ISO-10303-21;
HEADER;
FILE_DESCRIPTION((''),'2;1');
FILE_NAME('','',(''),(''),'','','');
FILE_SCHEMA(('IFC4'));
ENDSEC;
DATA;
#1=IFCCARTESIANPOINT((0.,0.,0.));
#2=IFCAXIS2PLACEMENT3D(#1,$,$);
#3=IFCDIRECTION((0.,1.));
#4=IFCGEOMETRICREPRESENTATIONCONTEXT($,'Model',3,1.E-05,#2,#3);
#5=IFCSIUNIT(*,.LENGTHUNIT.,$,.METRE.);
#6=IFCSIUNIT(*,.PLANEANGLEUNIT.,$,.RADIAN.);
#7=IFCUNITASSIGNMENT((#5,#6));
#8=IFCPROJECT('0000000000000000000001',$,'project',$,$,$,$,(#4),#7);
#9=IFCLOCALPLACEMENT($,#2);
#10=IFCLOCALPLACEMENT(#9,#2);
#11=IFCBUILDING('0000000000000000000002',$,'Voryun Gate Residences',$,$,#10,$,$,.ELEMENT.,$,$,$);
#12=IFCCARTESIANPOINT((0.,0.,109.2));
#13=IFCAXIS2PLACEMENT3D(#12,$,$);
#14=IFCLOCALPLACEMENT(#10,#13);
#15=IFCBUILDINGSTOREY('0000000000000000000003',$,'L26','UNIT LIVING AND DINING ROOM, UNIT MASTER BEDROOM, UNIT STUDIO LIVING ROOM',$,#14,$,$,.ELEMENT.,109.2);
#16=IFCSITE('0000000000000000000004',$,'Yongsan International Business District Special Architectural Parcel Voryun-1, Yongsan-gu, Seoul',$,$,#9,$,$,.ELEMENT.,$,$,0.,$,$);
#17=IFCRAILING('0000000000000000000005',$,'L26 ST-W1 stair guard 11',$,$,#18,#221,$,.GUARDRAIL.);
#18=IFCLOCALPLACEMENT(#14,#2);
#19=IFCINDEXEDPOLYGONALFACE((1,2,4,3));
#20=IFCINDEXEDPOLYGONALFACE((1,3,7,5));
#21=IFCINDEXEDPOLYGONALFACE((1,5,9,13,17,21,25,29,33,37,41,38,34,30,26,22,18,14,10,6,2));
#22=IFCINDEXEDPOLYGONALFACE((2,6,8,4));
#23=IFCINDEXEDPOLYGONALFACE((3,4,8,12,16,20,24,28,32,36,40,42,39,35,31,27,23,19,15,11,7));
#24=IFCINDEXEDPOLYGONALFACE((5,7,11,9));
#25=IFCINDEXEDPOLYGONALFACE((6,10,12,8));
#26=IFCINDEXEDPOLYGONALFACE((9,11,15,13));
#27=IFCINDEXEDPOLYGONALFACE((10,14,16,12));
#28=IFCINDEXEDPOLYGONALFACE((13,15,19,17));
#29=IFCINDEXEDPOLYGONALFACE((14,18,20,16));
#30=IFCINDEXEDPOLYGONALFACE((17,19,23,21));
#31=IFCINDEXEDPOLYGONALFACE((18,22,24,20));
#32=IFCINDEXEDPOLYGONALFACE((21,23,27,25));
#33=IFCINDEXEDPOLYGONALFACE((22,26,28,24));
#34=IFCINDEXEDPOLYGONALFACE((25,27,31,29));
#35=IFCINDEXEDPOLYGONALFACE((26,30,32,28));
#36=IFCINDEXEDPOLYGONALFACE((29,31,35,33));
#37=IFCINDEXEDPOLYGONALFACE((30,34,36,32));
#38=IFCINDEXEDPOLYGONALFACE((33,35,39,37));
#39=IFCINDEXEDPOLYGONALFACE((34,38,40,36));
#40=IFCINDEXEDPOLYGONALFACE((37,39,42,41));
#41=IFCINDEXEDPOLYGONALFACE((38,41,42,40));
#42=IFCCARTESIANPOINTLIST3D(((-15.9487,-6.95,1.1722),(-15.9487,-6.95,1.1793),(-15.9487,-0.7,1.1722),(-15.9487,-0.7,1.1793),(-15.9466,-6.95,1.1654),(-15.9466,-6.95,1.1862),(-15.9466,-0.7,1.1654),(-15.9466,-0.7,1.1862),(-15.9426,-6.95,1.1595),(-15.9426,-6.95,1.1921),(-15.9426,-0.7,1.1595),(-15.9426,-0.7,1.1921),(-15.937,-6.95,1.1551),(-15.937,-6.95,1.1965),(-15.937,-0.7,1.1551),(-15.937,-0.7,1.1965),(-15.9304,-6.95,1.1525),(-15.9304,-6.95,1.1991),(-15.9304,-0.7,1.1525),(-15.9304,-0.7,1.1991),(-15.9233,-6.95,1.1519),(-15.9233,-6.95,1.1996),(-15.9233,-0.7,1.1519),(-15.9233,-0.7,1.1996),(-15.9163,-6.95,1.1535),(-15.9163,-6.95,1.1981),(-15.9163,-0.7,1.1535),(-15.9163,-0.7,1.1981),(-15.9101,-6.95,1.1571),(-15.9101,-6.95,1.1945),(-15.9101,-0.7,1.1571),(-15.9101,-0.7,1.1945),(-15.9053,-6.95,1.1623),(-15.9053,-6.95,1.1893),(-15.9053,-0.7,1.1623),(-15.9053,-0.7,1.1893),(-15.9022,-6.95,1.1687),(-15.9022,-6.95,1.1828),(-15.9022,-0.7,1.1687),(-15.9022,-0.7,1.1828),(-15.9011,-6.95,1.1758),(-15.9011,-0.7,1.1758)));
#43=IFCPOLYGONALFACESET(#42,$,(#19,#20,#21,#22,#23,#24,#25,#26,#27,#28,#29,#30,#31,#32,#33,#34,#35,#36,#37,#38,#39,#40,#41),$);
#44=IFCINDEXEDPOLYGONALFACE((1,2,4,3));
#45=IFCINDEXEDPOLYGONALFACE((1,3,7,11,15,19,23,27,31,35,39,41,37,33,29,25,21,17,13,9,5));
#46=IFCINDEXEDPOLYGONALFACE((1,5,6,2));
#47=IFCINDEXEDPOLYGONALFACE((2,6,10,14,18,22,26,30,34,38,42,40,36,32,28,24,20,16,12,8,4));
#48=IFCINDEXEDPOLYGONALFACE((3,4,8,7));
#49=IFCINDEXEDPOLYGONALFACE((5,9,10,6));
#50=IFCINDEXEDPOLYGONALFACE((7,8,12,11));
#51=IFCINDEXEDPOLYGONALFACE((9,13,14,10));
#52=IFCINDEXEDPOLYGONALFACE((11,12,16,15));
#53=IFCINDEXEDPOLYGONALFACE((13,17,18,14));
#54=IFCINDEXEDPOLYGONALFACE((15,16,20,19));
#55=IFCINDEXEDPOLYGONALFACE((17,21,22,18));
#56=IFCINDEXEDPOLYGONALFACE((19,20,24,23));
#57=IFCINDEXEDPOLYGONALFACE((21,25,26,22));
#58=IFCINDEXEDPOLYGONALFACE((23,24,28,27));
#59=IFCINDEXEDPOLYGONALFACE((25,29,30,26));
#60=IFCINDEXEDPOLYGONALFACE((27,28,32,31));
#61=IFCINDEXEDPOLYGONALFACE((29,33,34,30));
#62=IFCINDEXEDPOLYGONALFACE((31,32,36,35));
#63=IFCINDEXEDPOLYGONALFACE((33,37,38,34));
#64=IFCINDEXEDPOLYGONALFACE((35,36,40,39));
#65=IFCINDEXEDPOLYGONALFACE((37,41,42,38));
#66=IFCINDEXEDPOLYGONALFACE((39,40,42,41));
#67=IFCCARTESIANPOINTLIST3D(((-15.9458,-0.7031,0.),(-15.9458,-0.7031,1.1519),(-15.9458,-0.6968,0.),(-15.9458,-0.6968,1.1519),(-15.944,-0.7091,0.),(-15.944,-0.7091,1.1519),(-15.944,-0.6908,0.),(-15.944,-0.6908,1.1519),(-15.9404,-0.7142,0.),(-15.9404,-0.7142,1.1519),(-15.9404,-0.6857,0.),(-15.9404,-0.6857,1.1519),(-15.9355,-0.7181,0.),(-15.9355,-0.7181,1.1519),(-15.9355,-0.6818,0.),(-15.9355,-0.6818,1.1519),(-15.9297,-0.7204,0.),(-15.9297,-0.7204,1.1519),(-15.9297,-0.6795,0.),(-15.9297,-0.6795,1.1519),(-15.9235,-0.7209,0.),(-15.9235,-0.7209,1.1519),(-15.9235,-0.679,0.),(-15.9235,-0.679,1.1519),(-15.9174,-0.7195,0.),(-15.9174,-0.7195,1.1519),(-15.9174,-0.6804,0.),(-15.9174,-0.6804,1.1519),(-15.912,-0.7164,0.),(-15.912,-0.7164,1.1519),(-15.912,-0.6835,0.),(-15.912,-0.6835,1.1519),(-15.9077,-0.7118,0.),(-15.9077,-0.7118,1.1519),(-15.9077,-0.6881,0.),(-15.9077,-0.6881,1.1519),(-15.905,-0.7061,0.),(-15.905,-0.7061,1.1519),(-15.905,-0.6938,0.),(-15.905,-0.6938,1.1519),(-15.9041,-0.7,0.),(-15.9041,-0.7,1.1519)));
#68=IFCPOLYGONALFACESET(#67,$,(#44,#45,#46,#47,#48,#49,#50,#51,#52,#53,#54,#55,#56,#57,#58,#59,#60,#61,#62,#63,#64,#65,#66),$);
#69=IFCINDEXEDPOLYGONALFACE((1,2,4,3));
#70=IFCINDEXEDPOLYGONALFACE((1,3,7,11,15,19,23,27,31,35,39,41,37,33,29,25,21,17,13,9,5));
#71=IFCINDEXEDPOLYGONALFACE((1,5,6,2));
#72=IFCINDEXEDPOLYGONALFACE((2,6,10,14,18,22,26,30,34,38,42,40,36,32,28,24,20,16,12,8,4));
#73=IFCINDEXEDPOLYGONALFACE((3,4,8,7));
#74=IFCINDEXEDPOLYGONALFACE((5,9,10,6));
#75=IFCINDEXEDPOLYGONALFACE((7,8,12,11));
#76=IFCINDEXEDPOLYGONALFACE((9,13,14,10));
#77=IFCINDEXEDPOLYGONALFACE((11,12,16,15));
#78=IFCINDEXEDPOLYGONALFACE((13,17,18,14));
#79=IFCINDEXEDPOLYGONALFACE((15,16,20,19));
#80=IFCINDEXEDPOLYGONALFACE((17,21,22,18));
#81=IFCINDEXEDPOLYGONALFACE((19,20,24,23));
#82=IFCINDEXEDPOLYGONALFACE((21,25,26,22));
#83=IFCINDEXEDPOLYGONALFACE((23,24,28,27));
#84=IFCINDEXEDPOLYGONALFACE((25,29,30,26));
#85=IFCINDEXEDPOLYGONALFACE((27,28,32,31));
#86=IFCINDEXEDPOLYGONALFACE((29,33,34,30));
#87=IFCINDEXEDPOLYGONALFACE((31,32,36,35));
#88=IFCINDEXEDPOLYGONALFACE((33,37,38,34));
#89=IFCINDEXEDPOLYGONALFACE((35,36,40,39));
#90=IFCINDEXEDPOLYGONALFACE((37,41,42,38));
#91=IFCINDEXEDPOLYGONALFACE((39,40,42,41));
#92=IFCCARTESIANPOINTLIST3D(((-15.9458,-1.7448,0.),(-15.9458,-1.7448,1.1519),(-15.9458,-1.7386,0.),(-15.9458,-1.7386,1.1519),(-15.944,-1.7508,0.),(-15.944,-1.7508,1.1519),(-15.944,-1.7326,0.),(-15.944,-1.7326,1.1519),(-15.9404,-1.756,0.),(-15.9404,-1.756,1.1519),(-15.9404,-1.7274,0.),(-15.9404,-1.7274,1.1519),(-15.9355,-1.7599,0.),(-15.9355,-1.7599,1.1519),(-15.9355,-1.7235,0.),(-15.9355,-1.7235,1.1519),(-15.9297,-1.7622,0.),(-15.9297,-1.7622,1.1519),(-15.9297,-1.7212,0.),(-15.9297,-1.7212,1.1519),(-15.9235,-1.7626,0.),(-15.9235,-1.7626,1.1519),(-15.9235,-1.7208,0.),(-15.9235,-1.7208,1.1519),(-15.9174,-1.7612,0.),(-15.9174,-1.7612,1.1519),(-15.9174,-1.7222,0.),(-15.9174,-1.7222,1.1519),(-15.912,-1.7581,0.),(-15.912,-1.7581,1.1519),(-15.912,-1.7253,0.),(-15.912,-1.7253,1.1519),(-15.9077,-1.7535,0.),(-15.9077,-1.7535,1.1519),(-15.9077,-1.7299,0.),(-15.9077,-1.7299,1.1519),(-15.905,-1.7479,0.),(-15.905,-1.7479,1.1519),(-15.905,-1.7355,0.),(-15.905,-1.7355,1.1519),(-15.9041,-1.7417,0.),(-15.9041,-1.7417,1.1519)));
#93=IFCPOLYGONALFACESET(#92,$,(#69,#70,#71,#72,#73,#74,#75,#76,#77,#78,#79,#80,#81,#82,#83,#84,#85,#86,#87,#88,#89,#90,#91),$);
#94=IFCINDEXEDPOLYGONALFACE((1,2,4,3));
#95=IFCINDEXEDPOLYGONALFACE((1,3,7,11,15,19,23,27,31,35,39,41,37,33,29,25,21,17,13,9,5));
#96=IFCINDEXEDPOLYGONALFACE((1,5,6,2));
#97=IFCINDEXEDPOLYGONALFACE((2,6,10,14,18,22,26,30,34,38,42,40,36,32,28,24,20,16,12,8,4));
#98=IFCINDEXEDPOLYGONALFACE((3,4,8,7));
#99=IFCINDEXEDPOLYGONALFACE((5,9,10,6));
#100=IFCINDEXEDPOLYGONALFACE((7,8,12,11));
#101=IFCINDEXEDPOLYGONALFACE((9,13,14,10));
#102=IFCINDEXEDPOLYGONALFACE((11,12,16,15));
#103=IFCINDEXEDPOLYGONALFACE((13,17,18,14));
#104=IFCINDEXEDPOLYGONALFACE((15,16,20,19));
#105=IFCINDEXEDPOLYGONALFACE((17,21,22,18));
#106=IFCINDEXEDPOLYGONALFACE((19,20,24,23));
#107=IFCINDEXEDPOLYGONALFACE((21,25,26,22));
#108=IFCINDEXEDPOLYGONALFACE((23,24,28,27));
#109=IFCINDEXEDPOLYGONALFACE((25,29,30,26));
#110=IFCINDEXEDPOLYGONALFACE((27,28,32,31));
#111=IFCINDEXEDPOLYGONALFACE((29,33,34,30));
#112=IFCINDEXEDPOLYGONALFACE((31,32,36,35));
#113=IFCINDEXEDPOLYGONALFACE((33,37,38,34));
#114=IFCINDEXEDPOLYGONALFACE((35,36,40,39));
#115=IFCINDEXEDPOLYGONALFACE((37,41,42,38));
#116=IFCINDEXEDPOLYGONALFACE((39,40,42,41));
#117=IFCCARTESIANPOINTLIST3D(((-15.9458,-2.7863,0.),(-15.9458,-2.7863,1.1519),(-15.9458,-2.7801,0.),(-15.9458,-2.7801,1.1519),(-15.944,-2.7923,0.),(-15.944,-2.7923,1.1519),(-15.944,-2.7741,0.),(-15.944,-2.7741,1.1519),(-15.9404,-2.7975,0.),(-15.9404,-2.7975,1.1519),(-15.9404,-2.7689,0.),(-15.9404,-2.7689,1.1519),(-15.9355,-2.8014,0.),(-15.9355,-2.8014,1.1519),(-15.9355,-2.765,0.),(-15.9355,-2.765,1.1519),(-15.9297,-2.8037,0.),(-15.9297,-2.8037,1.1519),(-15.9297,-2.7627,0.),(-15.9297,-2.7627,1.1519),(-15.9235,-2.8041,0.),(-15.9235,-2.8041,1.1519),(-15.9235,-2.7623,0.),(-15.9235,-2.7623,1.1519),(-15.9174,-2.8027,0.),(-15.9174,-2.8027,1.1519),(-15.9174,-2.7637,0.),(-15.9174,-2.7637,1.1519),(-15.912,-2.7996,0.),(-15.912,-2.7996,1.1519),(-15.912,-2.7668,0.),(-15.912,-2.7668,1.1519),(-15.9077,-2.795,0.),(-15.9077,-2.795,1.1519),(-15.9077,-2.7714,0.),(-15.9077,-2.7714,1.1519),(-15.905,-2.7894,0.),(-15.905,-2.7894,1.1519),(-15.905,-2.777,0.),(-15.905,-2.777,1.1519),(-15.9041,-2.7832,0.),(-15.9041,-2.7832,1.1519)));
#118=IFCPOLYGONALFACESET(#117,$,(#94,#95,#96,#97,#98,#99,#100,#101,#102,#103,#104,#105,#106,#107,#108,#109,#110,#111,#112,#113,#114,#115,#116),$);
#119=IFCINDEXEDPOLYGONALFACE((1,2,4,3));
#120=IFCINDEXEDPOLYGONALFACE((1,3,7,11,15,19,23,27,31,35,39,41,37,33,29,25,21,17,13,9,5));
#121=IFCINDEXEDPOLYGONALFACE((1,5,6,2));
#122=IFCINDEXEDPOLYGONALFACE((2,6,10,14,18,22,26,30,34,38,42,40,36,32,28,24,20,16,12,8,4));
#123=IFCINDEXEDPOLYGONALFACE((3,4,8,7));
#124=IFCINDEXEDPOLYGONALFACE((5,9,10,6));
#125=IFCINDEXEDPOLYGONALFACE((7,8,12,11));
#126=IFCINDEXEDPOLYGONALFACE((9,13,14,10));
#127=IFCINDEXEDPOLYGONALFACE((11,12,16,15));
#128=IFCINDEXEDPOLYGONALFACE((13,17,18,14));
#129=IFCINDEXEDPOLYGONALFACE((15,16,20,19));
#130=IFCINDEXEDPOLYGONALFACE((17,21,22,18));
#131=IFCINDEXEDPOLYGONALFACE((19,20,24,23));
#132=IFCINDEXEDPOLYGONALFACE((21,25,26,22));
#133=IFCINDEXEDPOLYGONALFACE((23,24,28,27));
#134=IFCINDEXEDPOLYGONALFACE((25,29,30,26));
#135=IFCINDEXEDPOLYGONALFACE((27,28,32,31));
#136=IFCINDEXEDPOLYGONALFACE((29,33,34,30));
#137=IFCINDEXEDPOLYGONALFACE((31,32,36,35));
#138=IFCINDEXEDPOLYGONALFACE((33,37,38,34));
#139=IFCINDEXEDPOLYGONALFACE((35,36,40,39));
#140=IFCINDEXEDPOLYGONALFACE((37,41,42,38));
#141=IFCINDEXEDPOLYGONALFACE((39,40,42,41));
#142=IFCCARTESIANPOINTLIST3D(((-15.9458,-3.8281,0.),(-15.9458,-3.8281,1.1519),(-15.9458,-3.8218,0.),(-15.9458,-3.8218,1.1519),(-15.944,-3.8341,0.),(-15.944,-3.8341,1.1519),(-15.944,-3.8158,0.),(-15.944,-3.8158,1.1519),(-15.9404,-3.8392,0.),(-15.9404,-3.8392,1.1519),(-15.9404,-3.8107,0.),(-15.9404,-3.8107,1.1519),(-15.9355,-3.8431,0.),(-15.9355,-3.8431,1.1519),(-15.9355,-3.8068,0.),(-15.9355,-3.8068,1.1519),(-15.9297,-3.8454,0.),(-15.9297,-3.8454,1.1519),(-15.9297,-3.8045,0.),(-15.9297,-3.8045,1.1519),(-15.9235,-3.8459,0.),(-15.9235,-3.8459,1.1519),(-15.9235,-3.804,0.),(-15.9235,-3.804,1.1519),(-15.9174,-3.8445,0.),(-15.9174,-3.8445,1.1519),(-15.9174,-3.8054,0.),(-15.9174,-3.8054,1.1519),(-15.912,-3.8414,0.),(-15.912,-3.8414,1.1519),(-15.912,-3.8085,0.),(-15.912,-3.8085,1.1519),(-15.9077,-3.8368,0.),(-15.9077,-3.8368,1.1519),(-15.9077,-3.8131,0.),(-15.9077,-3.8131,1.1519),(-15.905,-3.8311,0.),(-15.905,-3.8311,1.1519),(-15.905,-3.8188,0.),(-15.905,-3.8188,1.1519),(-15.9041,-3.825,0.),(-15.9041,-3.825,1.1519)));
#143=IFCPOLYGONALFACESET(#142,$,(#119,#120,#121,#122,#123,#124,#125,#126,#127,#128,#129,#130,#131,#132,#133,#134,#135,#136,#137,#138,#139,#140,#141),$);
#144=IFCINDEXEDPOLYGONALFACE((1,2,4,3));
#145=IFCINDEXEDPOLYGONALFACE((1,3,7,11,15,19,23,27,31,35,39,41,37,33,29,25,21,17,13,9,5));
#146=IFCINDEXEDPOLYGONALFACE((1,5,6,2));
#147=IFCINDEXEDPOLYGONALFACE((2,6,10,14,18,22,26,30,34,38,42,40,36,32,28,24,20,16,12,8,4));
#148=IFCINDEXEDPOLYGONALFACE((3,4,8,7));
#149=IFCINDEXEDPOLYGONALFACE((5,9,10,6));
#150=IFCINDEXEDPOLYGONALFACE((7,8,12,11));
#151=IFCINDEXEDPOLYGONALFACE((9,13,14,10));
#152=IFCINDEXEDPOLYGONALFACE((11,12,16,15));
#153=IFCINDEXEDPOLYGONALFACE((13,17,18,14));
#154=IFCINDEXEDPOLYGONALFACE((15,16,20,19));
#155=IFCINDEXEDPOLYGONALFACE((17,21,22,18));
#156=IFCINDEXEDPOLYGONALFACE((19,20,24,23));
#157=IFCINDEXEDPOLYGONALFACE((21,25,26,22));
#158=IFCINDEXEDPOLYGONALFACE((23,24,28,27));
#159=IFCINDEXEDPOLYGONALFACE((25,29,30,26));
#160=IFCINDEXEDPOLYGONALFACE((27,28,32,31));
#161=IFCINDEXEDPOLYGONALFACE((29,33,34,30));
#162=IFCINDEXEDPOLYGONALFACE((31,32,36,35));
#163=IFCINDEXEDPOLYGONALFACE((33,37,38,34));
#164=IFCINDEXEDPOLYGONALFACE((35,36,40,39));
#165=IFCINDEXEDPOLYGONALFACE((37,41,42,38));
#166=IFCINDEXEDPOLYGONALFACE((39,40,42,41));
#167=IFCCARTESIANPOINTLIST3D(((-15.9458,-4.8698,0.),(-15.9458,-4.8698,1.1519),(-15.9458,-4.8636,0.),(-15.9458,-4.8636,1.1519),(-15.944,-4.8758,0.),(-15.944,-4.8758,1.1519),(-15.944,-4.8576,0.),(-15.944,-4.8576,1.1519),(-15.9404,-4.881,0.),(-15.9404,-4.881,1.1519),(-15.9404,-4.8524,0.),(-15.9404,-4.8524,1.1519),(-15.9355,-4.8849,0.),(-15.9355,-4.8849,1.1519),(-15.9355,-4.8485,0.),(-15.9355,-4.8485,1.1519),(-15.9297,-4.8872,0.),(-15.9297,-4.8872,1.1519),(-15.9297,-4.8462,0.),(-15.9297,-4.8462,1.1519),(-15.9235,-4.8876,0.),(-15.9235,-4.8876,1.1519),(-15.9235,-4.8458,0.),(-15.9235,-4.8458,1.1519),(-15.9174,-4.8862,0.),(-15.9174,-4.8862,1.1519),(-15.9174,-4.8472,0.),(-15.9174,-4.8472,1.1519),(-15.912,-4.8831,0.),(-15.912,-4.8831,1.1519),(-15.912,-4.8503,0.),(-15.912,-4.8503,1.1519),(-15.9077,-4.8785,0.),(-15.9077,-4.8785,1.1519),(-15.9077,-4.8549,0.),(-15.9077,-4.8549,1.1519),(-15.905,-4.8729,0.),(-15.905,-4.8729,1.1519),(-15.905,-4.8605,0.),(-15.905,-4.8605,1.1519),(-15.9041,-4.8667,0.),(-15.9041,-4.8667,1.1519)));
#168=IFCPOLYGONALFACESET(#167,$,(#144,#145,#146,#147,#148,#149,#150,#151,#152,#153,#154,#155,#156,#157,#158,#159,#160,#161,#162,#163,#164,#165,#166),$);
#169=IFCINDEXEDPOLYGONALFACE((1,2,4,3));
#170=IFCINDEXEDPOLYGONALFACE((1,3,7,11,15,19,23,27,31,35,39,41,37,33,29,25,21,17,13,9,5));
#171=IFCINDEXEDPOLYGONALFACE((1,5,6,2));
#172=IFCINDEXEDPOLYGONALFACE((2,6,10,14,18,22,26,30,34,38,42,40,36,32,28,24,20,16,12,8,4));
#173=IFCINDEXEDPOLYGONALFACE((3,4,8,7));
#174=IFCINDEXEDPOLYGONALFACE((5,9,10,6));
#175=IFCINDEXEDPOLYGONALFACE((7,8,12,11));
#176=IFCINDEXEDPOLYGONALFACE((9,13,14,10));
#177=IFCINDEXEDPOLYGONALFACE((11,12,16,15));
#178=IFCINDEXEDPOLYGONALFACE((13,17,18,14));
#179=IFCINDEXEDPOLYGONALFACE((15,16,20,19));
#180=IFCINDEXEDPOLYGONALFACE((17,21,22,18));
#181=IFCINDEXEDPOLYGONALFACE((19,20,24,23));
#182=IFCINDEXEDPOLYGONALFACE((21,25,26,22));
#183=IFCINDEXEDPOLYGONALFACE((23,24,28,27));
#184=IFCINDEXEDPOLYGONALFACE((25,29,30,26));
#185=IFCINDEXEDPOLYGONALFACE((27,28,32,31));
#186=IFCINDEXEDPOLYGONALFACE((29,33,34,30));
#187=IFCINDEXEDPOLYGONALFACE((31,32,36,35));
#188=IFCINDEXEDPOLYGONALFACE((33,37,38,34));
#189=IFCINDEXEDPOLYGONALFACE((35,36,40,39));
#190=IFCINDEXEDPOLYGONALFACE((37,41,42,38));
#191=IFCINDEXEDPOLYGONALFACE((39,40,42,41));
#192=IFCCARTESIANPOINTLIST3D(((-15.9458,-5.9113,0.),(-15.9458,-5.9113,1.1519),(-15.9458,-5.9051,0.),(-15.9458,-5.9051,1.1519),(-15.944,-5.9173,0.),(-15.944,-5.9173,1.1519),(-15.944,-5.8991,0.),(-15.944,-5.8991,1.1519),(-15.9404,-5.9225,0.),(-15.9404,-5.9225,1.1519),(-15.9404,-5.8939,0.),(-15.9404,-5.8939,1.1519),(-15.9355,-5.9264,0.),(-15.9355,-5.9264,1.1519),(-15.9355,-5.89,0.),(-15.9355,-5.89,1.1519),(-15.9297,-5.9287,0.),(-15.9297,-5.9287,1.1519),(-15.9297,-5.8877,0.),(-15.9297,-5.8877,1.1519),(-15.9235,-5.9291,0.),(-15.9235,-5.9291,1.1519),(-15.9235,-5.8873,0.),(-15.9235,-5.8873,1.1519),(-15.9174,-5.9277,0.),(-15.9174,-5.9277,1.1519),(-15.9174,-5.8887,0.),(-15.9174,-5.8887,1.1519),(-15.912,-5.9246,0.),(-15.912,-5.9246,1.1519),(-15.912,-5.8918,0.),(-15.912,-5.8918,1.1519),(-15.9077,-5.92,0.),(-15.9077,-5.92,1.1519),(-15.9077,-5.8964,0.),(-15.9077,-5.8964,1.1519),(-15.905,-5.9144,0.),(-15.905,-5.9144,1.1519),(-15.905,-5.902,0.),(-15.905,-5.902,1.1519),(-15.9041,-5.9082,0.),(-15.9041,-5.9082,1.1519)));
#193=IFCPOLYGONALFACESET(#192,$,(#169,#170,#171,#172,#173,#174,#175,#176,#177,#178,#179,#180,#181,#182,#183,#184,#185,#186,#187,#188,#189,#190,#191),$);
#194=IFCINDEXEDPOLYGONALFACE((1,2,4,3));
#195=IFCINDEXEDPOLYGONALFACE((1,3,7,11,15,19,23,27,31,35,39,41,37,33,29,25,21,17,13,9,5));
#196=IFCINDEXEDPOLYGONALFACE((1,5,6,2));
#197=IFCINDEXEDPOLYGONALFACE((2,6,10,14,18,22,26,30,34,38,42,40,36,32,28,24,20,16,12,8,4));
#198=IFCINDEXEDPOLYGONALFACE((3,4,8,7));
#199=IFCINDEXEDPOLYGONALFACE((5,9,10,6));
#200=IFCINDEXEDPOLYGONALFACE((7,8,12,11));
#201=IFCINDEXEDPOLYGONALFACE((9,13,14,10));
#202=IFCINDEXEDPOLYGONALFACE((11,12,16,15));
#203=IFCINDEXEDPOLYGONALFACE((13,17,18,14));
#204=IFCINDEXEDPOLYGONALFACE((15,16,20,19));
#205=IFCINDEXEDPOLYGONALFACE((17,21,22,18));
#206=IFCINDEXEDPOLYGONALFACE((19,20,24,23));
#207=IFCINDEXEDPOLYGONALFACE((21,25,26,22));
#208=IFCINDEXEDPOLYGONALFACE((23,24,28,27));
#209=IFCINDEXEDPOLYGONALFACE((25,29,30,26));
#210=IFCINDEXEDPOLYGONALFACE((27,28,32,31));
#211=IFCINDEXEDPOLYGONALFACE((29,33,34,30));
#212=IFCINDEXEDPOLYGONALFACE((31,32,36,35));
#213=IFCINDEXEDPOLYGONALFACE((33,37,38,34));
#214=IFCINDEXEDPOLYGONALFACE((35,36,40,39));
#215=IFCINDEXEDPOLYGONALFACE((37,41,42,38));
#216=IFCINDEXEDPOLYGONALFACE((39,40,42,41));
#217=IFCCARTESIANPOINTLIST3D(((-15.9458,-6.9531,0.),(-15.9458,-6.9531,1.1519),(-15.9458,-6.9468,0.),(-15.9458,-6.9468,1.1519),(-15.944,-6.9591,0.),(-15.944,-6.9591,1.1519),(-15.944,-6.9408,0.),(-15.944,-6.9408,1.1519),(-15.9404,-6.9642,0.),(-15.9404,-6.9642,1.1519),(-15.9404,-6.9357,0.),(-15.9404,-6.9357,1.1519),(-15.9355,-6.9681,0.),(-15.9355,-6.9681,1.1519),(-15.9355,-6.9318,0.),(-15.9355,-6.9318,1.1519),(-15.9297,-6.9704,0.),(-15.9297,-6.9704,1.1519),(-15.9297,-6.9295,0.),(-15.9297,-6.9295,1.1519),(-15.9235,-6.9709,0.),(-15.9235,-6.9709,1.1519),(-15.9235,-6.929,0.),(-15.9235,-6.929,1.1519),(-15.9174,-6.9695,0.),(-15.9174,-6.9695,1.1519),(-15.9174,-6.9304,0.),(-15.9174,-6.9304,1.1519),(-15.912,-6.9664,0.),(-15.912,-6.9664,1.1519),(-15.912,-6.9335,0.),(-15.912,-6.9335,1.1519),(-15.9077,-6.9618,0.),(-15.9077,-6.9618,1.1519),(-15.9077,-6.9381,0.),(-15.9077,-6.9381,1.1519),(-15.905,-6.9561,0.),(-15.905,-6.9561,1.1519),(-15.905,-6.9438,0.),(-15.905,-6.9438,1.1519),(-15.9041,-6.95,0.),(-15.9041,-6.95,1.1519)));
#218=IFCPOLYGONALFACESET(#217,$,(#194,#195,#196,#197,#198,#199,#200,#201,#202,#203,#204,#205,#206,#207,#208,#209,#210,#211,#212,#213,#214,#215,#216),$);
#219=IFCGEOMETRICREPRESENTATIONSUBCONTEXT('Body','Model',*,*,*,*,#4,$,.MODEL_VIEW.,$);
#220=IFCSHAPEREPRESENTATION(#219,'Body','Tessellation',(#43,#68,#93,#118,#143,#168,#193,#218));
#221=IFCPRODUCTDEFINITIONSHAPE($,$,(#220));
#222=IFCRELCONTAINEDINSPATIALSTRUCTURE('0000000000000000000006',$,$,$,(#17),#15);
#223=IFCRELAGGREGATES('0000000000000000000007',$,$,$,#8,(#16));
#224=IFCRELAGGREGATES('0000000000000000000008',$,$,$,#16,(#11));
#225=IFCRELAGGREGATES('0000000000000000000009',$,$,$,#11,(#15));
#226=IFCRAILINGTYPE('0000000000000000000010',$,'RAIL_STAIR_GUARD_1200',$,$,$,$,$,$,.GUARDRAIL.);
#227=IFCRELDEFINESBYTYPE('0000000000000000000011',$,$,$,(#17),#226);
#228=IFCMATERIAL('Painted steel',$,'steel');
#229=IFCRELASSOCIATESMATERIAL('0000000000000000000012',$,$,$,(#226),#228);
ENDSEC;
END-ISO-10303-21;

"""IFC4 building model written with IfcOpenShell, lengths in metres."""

from ifc_helpers import new_model, si_unit, direction, frame, origin, origin_2d, place, context, subcontext, project, spatial, circle, extrude, material, type_object, element, save


model = new_model("IFC4")

# Units and contexts
model_context = context("Model", 3, precision=1e-05, world=origin(), true_north=direction((0.0, 1.0)))
body_context = subcontext(model_context, "Body", "Model", "MODEL_VIEW")
ifc_project = project(units=[si_unit("LENGTHUNIT", "METRE"), si_unit("PLANEANGLEUNIT", "RADIAN")], contexts=[model_context])

# Site, building, storey
site_placement = place(None, origin())
site = spatial("IfcSite", under=ifc_project, at=site_placement, Name="Yongsan International Business District Special Architectural Parcel Voryun-1, Yongsan-gu, Seoul", CompositionType="ELEMENT", RefElevation=0.0)
building_placement = place(site_placement, origin())
building = spatial("IfcBuilding", under=site, at=building_placement, Name="Voryun Gate Residences", CompositionType="ELEMENT")
storey_placement = place(building_placement, frame((0.0, 0.0, 109.2)))
storey = spatial("IfcBuildingStorey", under=building, at=storey_placement, Name="L26", Description="UNIT LIVING AND DINING ROOM, UNIT MASTER BEDROOM, UNIT STUDIO LIVING ROOM", CompositionType="ELEMENT", Elevation=109.2)

# Railing
ifc_material_1 = material(Name="Painted steel", Category="steel")
railing_type = type_object("IfcRailingType", Name="RAIL_STAIR_GUARD_1200", PredefinedType="GUARDRAIL", material=ifc_material_1)
railing_1_placement = place(storey_placement, frame((-15.925, -0.7, 0.0)))
element("IfcRailing", 1, at=railing_1_placement, inside=storey, type_object=railing_type, Name="L26 ST-W1 stair guard 11", PredefinedType="GUARDRAIL", context=body_context, shape_type="SweptSolid", body=[
    extrude(circle(Radius=0.0239, at=origin_2d()), frame((0.0, 0.0, 1.1758), z_axis=(0.0, -1.0, 0.0), x_axis=(1.0, 0.0, 0.0)), (0.0, 0.0, 1.0), 6.25),
    extrude(circle(Radius=0.021, at=origin_2d()), origin(), (0.0, 0.0, 1.0), 1.1519),
    extrude(circle(Radius=0.021, at=origin_2d()), frame((0.0, -1.0417, 0.0)), (0.0, 0.0, 1.0), 1.1519),
    extrude(circle(Radius=0.021, at=origin_2d()), frame((0.0, -2.0833, 0.0)), (0.0, 0.0, 1.0), 1.1519),
    extrude(circle(Radius=0.021, at=origin_2d()), frame((0.0, -3.125, 0.0)), (0.0, 0.0, 1.0), 1.1519),
    extrude(circle(Radius=0.021, at=origin_2d()), frame((0.0, -4.1667, 0.0)), (0.0, 0.0, 1.0), 1.1519),
    extrude(circle(Radius=0.021, at=origin_2d()), frame((0.0, -5.2083, 0.0)), (0.0, 0.0, 1.0), 1.1519),
    extrude(circle(Radius=0.021, at=origin_2d()), frame((0.0, -6.25, 0.0)), (0.0, 0.0, 1.0), 1.1519),
])

save(model, "model.ifc")
